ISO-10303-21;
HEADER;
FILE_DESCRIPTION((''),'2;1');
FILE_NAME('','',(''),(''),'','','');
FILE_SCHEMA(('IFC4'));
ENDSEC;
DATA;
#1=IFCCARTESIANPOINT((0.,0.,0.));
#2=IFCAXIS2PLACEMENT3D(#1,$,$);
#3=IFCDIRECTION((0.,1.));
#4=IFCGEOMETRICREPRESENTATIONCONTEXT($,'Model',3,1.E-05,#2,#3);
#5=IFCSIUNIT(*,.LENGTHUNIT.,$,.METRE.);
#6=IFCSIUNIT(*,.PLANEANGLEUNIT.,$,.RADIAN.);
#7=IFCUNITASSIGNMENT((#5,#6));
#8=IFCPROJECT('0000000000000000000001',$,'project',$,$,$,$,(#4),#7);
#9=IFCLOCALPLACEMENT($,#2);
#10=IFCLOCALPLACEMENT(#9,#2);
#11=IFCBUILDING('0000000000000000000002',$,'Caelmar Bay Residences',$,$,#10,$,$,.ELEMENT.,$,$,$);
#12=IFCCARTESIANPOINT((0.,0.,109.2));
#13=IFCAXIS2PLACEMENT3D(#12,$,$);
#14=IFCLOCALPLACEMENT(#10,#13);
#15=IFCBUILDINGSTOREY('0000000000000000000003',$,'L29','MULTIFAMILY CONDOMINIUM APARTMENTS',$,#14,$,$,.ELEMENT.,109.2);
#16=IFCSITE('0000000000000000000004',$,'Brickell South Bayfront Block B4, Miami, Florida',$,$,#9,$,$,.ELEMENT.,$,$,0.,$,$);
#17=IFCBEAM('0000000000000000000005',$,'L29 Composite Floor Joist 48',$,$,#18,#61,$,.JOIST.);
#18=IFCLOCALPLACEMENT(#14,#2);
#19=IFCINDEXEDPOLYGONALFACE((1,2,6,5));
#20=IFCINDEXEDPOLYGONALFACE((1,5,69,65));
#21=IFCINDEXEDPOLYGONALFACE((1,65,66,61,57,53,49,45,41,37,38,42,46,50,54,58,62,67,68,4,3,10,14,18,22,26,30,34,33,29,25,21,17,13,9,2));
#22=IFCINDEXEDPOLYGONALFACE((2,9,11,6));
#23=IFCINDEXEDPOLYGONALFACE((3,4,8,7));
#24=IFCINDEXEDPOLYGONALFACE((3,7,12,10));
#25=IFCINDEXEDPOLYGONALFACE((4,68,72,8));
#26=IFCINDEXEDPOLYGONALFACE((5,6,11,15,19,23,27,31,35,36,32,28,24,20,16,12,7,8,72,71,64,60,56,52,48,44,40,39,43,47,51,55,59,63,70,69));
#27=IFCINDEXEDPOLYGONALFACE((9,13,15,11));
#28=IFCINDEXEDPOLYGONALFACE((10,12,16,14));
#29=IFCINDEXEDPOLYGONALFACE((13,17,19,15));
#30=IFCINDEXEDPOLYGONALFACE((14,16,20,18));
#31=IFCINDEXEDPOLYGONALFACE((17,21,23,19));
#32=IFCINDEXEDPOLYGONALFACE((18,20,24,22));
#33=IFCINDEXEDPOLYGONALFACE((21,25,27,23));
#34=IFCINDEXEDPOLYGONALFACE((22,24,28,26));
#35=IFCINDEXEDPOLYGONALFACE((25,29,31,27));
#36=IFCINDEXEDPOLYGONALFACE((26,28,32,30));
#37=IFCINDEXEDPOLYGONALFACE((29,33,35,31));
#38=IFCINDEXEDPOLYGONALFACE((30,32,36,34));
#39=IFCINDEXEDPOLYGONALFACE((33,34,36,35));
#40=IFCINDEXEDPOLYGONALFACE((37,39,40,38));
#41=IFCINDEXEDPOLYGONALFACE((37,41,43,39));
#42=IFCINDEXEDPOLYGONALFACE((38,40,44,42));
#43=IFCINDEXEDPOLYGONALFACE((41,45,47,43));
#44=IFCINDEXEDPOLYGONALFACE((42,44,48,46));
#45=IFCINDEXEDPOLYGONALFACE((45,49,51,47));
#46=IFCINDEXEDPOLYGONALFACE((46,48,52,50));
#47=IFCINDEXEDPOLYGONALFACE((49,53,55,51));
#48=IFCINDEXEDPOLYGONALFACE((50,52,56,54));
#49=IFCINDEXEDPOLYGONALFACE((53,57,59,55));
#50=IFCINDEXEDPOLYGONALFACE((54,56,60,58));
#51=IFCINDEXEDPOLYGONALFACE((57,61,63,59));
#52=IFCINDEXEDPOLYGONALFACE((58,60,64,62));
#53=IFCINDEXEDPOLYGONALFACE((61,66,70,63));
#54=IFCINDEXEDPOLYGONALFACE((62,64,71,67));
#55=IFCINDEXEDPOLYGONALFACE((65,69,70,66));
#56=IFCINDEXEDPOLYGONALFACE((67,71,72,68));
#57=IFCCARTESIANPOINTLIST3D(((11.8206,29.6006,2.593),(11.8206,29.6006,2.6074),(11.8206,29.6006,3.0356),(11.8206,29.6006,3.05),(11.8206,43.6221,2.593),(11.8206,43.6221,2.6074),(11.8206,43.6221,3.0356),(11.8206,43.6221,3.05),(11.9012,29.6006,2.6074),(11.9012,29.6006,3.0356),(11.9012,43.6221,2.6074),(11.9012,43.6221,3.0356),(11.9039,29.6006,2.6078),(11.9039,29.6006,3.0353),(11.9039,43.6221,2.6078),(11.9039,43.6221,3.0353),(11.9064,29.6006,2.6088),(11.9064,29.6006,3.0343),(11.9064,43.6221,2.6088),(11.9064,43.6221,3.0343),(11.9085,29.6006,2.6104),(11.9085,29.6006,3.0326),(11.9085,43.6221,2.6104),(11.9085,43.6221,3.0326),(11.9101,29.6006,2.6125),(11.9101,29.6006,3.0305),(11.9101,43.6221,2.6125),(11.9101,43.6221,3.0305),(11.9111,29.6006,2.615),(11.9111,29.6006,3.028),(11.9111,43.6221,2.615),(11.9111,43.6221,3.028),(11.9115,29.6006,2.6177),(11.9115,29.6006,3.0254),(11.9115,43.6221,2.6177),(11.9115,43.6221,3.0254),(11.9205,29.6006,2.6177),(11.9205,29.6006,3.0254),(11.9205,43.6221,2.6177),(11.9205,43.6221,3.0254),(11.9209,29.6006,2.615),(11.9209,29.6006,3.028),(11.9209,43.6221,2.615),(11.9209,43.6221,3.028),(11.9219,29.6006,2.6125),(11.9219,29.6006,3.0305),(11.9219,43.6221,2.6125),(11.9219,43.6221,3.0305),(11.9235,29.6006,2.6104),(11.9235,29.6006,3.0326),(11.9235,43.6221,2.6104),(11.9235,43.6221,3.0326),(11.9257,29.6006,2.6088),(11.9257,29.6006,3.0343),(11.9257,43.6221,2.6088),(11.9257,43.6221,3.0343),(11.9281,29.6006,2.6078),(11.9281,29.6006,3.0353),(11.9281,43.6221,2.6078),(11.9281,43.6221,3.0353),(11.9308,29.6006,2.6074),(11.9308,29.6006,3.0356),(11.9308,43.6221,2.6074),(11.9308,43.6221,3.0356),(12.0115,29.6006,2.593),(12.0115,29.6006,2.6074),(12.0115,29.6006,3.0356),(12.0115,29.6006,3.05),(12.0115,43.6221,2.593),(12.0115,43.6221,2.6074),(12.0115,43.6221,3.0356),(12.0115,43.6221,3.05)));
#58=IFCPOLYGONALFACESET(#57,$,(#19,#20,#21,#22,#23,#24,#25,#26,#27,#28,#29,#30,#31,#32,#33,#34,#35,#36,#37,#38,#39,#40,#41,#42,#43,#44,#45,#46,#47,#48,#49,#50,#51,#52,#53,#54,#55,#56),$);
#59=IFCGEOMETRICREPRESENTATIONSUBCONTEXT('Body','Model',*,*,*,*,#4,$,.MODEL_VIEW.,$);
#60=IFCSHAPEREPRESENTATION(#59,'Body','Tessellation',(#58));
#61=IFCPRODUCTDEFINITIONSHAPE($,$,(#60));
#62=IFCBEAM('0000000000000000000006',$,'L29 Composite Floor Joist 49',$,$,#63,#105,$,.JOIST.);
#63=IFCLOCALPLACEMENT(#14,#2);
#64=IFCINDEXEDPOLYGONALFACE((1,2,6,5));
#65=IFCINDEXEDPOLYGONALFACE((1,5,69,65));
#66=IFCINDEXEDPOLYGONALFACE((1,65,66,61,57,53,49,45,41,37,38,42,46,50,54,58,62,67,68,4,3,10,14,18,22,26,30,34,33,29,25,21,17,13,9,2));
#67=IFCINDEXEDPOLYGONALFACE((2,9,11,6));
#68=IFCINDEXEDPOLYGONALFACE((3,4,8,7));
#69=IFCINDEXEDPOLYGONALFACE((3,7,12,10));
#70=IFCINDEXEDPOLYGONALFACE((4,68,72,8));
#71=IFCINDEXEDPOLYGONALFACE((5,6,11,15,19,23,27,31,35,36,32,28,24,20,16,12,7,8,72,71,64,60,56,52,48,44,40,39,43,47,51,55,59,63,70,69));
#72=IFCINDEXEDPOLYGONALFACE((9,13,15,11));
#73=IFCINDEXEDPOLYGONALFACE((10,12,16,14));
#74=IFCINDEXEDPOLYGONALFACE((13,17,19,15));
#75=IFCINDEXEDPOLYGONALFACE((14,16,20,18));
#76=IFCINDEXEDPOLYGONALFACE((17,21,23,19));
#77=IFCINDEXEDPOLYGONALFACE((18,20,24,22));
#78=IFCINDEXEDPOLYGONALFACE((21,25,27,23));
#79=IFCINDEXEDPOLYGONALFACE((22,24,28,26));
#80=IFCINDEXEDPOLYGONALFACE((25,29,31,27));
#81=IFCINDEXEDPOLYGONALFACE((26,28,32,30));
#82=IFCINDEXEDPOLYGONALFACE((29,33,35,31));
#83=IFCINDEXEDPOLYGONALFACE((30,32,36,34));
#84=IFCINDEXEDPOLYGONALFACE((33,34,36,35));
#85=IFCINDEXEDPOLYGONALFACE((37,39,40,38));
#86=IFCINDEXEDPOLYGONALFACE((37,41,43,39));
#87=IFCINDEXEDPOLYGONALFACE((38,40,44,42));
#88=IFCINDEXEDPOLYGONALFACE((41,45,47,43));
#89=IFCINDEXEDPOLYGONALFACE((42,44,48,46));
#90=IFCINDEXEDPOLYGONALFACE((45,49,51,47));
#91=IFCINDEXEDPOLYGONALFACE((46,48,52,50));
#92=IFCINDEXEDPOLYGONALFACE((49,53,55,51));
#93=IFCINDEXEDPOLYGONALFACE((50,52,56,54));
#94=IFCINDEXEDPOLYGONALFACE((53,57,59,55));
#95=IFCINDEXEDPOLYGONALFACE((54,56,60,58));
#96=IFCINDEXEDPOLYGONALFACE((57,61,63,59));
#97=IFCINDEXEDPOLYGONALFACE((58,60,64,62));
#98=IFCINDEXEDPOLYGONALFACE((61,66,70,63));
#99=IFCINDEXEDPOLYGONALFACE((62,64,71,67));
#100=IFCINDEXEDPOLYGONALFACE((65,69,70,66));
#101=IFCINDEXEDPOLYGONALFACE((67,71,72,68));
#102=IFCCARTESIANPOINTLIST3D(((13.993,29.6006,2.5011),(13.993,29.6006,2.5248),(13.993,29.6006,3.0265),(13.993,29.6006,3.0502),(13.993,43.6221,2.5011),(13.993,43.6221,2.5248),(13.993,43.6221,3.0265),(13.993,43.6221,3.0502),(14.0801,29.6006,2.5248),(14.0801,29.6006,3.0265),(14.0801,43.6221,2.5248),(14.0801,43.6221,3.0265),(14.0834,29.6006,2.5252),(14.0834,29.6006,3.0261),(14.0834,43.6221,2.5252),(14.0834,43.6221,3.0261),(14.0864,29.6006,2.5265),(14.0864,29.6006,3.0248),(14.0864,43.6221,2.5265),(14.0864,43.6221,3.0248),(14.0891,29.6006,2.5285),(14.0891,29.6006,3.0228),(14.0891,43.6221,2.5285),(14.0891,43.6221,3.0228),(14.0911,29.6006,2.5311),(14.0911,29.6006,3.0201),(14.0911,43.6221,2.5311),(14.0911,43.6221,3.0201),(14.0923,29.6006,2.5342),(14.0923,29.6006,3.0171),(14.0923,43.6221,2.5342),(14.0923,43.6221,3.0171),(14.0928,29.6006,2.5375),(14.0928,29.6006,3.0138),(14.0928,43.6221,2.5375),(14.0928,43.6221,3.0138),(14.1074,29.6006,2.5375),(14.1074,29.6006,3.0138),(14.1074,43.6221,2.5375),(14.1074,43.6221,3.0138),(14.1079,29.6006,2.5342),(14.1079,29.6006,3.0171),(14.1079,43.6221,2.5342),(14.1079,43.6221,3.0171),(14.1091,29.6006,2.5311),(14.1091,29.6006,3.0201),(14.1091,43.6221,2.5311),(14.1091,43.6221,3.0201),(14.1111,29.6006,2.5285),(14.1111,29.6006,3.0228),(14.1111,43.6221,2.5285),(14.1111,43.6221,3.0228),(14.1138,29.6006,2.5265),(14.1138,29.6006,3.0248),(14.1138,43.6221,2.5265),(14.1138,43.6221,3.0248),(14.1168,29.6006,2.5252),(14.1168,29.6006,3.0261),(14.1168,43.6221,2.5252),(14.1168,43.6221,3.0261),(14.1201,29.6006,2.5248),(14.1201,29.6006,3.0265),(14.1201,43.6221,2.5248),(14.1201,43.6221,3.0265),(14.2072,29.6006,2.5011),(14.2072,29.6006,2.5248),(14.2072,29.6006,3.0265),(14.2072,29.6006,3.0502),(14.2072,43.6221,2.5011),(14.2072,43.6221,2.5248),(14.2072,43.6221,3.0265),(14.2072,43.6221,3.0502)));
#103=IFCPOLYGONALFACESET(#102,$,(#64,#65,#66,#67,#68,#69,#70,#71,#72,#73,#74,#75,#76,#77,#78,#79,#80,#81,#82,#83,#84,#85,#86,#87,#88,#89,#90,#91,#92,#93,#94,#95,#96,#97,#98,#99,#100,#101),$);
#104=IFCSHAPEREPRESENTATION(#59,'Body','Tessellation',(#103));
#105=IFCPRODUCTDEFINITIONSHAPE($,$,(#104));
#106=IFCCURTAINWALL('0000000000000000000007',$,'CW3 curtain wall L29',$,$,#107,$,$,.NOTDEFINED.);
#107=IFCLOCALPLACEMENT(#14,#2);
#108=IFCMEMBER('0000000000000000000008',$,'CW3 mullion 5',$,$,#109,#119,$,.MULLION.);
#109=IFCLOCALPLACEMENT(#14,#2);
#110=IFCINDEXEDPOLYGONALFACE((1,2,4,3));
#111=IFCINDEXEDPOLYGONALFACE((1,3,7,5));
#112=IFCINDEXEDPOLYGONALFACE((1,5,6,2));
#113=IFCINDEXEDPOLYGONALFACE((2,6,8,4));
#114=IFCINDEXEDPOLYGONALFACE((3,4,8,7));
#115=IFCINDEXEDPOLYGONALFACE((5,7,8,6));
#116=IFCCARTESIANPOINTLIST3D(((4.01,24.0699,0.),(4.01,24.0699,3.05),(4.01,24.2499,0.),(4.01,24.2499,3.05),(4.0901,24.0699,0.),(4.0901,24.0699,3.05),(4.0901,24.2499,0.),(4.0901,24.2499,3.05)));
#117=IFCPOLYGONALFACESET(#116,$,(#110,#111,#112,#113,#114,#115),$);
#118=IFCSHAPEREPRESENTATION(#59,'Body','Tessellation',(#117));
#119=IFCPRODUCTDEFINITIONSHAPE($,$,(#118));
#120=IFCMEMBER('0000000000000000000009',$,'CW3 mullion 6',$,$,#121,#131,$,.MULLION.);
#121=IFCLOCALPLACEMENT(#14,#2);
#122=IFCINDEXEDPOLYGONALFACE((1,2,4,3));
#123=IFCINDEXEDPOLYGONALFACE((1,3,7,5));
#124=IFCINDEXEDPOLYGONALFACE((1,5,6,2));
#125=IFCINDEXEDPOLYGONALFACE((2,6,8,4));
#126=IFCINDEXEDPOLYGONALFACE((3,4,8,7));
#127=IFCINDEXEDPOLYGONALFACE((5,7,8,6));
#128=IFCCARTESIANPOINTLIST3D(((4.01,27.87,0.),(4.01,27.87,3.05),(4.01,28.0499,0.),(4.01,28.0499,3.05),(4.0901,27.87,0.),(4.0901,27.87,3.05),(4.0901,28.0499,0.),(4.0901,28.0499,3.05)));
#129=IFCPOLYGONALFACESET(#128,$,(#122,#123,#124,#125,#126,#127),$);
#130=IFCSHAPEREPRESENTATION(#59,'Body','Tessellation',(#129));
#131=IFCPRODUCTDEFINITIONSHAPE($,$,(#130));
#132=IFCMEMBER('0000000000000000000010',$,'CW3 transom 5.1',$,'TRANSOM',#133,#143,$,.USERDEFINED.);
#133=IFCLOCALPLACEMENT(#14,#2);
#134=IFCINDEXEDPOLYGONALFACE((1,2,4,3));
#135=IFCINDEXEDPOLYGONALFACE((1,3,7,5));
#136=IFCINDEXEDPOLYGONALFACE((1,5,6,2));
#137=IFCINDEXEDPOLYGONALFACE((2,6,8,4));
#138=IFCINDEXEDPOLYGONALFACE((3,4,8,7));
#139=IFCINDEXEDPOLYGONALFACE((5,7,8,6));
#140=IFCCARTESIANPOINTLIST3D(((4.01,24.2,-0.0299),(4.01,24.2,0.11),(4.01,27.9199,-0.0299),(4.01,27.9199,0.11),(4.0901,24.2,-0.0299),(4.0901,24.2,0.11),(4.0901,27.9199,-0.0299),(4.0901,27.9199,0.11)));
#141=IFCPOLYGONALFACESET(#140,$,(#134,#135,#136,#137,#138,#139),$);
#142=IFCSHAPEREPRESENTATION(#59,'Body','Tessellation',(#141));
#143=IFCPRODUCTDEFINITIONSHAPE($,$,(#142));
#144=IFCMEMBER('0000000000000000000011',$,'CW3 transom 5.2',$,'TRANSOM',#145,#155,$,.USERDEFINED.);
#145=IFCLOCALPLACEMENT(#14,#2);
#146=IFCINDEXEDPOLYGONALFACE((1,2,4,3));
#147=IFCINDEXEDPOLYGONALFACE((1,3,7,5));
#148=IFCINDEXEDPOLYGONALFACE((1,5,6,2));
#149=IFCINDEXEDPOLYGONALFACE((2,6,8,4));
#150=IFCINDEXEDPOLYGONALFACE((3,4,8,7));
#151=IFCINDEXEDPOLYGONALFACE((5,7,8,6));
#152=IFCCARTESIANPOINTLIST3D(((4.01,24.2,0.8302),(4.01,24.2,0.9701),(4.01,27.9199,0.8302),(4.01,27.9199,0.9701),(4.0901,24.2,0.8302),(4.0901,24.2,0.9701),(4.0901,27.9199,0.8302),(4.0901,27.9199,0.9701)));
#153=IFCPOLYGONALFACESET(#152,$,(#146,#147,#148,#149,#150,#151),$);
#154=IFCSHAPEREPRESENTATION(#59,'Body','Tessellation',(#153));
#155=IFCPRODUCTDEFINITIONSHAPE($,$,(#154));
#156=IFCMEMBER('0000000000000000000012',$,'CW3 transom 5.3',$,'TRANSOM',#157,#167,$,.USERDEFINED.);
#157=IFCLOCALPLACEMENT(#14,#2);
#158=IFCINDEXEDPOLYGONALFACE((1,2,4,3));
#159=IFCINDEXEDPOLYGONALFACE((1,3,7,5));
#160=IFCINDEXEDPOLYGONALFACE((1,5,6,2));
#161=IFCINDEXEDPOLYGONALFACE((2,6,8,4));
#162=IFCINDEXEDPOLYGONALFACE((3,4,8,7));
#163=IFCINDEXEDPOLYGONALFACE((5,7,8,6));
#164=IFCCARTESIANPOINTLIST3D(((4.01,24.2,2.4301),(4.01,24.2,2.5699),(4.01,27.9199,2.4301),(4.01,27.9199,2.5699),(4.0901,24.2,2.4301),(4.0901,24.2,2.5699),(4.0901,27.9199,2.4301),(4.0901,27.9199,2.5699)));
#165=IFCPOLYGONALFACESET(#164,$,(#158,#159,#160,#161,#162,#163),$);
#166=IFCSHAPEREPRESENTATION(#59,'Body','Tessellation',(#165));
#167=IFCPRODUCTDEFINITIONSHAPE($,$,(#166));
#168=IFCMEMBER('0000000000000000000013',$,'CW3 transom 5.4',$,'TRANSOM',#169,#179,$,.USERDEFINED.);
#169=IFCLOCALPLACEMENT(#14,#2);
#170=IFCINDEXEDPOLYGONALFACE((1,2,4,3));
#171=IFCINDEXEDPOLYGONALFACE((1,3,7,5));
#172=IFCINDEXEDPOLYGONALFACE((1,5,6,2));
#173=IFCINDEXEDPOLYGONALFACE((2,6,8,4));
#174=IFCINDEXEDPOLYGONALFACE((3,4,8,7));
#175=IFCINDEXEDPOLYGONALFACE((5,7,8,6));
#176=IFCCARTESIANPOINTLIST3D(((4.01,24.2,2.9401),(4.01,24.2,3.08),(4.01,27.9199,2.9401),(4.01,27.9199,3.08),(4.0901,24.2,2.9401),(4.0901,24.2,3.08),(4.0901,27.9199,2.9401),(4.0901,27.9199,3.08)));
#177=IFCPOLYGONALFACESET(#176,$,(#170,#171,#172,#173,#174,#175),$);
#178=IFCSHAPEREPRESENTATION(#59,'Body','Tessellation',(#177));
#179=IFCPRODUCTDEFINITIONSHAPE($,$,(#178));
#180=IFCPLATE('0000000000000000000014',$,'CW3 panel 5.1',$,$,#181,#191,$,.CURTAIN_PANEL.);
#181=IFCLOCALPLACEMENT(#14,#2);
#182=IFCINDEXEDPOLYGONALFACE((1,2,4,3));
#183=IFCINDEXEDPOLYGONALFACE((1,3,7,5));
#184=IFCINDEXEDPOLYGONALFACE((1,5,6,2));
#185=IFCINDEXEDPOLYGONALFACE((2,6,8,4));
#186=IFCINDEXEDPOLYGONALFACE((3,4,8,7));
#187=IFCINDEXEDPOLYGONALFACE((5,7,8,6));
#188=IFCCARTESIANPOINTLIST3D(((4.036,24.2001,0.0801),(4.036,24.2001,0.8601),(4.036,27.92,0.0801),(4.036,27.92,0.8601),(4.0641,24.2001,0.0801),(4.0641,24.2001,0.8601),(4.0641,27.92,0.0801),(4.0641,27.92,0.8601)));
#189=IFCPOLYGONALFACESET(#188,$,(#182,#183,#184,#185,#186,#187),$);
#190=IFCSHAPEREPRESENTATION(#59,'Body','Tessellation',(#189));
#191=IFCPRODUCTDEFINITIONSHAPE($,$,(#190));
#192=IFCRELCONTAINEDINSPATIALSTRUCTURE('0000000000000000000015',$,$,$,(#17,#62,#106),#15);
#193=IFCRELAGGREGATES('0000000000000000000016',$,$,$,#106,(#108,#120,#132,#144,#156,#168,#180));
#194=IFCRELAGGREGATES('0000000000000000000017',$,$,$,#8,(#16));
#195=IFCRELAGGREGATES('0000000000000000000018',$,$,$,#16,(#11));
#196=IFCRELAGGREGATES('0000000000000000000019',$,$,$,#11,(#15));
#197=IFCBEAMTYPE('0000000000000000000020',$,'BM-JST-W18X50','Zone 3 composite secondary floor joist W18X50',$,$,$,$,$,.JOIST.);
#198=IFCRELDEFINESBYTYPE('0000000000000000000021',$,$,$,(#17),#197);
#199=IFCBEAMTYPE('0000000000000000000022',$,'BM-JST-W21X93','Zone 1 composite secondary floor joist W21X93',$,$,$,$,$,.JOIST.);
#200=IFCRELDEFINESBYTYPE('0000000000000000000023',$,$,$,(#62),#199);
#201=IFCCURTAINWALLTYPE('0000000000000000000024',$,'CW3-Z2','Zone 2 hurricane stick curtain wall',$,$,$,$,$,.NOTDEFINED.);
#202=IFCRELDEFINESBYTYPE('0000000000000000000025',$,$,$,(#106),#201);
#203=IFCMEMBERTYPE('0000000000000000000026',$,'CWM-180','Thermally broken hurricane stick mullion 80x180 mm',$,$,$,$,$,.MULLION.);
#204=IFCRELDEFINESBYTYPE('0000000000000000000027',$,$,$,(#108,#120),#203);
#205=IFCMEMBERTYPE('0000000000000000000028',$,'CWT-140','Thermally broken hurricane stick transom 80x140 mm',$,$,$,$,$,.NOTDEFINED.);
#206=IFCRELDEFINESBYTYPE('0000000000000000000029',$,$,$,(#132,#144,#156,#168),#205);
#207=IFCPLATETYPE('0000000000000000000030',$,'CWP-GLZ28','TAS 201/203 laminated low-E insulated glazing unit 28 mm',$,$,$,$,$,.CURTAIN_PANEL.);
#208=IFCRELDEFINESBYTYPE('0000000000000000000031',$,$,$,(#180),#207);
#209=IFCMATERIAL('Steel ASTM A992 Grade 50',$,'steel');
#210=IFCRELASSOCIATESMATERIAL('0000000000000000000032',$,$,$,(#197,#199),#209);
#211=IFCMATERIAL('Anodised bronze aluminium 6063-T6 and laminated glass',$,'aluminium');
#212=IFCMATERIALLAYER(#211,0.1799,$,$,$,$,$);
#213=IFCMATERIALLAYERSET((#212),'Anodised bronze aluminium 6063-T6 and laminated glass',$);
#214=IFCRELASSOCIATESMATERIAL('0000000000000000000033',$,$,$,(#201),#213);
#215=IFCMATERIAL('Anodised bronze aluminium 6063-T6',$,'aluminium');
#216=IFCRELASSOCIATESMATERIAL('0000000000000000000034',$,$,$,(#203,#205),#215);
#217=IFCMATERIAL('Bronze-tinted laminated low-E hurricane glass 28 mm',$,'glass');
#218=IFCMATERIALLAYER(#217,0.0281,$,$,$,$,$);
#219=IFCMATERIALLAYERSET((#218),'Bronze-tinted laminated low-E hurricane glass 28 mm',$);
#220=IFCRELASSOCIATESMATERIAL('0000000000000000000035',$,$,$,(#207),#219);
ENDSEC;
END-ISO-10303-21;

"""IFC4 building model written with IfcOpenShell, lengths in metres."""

from ifc_helpers import new_model, si_unit, direction, frame, origin, origin_2d, place, context, subcontext, project, spatial, rectangle, i_section, extrude, material, layer, layer_set, material_profile, profile_set, type_object, element, aggregate, save


model = new_model("IFC4")

# Units and contexts
model_context = context("Model", 3, precision=1e-05, world=origin(), true_north=direction((0.0, 1.0)))
body_context = subcontext(model_context, "Body", "Model", "MODEL_VIEW")
ifc_project = project(units=[si_unit("LENGTHUNIT", "METRE"), si_unit("PLANEANGLEUNIT", "RADIAN")], contexts=[model_context])

# Site, building, storey
site_placement = place(None, origin())
site = spatial("IfcSite", under=ifc_project, at=site_placement, Name="Brickell South Bayfront Block B4, Miami, Florida", CompositionType="ELEMENT", RefElevation=0.0)
building_placement = place(site_placement, origin())
building = spatial("IfcBuilding", under=site, at=building_placement, Name="Caelmar Bay Residences", CompositionType="ELEMENT")
storey_placement = place(building_placement, frame((0.0, 0.0, 109.2)))
storey = spatial("IfcBuildingStorey", under=building, at=storey_placement, Name="L29", Description="MULTIFAMILY CONDOMINIUM APARTMENTS", CompositionType="ELEMENT", Elevation=109.2)

# Beams
ifc_material_1 = material(Name="Steel ASTM A992 Grade 50", Category="steel")
ifc_material_profile_1 = material_profile(ifc_material_1, i_section(OverallWidth=0.1909, OverallDepth=0.457, WebThickness=0.009, FlangeThickness=0.0144, FilletRadius=0.0103, at=origin_2d()), Name="W18X50")
ifc_profile_set_1 = profile_set([ifc_material_profile_1], Name="Steel ASTM A992 Grade 50")
beam_type_1 = type_object("IfcBeamType", Name="BM-JST-W18X50", Description="Zone 3 composite secondary floor joist W18X50", PredefinedType="JOIST", material=ifc_profile_set_1)
beam_1_placement = place(storey_placement, frame((11.916, 29.6006, 2.8215), z_axis=(0.0, 1.0, 0.0), x_axis=(-1.0, 0.0, 0.0)))
element("IfcBeam", 1, at=beam_1_placement, inside=storey, type_object=beam_type_1, Name="L29 Composite Floor Joist 48", PredefinedType="JOIST", context=body_context, shape_type="SweptSolid", body=[
    extrude(i_section(OverallWidth=0.1909, OverallDepth=0.457, WebThickness=0.009, FlangeThickness=0.0144, FilletRadius=0.0103, at=origin_2d()), origin(), (0.0, 0.0, 1.0), 14.0215),
])
ifc_material_profile_2 = material_profile(ifc_material_1, i_section(OverallWidth=0.2141, OverallDepth=0.5491, WebThickness=0.0146, FlangeThickness=0.0237, FilletRadius=0.0127, at=origin_2d()), Name="W21X93")
ifc_profile_set_2 = profile_set([ifc_material_profile_2], Name="Steel ASTM A992 Grade 50")
beam_type_2 = type_object("IfcBeamType", Name="BM-JST-W21X93", Description="Zone 1 composite secondary floor joist W21X93", PredefinedType="JOIST", material=ifc_profile_set_2)
beam_2_placement = place(storey_placement, frame((14.1001, 29.6006, 2.7756), z_axis=(0.0, 1.0, 0.0), x_axis=(-1.0, 0.0, 0.0)))
element("IfcBeam", 2, at=beam_2_placement, inside=storey, type_object=beam_type_2, Name="L29 Composite Floor Joist 49", PredefinedType="JOIST", context=body_context, shape_type="SweptSolid", body=[
    extrude(i_section(OverallWidth=0.2141, OverallDepth=0.5491, WebThickness=0.0146, FlangeThickness=0.0237, FilletRadius=0.0127, at=origin_2d()), origin(), (0.0, 0.0, 1.0), 14.0215),
])

# Curtain wall, members, plate
ifc_material_2 = material(Name="Anodised bronze aluminium 6063-T6 and laminated glass", Category="aluminium")
ifc_layer_1 = layer(ifc_material_2, 0.1799)
ifc_layer_set_1 = layer_set([ifc_layer_1], Name="Anodised bronze aluminium 6063-T6 and laminated glass")
curtain_wall_type = type_object("IfcCurtainWallType", Name="CW3-Z2", Description="Zone 2 hurricane stick curtain wall", PredefinedType="NOTDEFINED", material=ifc_layer_set_1)
curtain_wall_placement = place(storey_placement, origin())
curtain_wall = element("IfcCurtainWall", 3, at=curtain_wall_placement, inside=storey, type_object=curtain_wall_type, Name="CW3 curtain wall L29", PredefinedType="NOTDEFINED")
ifc_material_3 = material(Name="Anodised bronze aluminium 6063-T6", Category="aluminium")
ifc_material_profile_3 = material_profile(ifc_material_3, rectangle(XDim=0.0801, YDim=0.1799, at=origin_2d()), Name="CWM-80X180")
ifc_profile_set_3 = profile_set([ifc_material_profile_3], Name="Anodised bronze aluminium 6063-T6")
member_type_1 = type_object("IfcMemberType", Name="CWM-180", Description="Thermally broken hurricane stick mullion 80x180 mm", PredefinedType="MULLION", material=ifc_profile_set_3)
member_1_placement = place(storey_placement, frame((4.05, 24.1599, 0.0), z_axis=(0.0, 0.0, 1.0), x_axis=(-1.0, 0.0, 0.0)))
member_1 = element("IfcMember", 4, at=member_1_placement, type_object=member_type_1, Name="CW3 mullion 5", PredefinedType="MULLION", context=body_context, shape_type="SweptSolid", body=[
    extrude(rectangle(XDim=0.0801, YDim=0.1799, at=origin_2d()), origin(), (0.0, 0.0, 1.0), 3.05),
])
member_2_placement = place(storey_placement, frame((4.05, 27.96, 0.0), z_axis=(0.0, 0.0, 1.0), x_axis=(-1.0, 0.0, 0.0)))
member_2 = element("IfcMember", 5, at=member_2_placement, type_object=member_type_1, Name="CW3 mullion 6", PredefinedType="MULLION", context=body_context, shape_type="SweptSolid", body=[
    extrude(rectangle(XDim=0.0801, YDim=0.1799, at=origin_2d()), origin(), (0.0, 0.0, 1.0), 3.05),
])
ifc_material_profile_4 = material_profile(ifc_material_3, rectangle(XDim=0.0801, YDim=0.1399, at=origin_2d()), Name="CWT-80X140")
ifc_profile_set_4 = profile_set([ifc_material_profile_4], Name="Anodised bronze aluminium 6063-T6")
member_type_2 = type_object("IfcMemberType", Name="CWT-140", Description="Thermally broken hurricane stick transom 80x140 mm", PredefinedType="NOTDEFINED", material=ifc_profile_set_4)
member_3_placement = place(storey_placement, frame((4.05, 24.2, 0.04), z_axis=(0.0, 1.0, 0.0), x_axis=(-1.0, 0.0, 0.0)))
member_3 = element("IfcMember", 6, at=member_3_placement, type_object=member_type_2, Name="CW3 transom 5.1", ObjectType="TRANSOM", PredefinedType="USERDEFINED", context=body_context, shape_type="SweptSolid", body=[
    extrude(rectangle(XDim=0.0801, YDim=0.1399, at=origin_2d()), origin(), (0.0, 0.0, 1.0), 3.72),
])
member_4_placement = place(storey_placement, frame((4.05, 24.2, 0.9001), z_axis=(0.0, 1.0, 0.0), x_axis=(-1.0, 0.0, 0.0)))
member_4 = element("IfcMember", 7, at=member_4_placement, type_object=member_type_2, Name="CW3 transom 5.2", ObjectType="TRANSOM", PredefinedType="USERDEFINED", context=body_context, shape_type="SweptSolid", body=[
    extrude(rectangle(XDim=0.0801, YDim=0.1399, at=origin_2d()), origin(), (0.0, 0.0, 1.0), 3.72),
])
member_5_placement = place(storey_placement, frame((4.05, 24.2, 2.5), z_axis=(0.0, 1.0, 0.0), x_axis=(-1.0, 0.0, 0.0)))
member_5 = element("IfcMember", 8, at=member_5_placement, type_object=member_type_2, Name="CW3 transom 5.3", ObjectType="TRANSOM", PredefinedType="USERDEFINED", context=body_context, shape_type="SweptSolid", body=[
    extrude(rectangle(XDim=0.0801, YDim=0.1399, at=origin_2d()), origin(), (0.0, 0.0, 1.0), 3.72),
])
member_6_placement = place(storey_placement, frame((4.05, 24.2, 3.01), z_axis=(0.0, 1.0, 0.0), x_axis=(-1.0, 0.0, 0.0)))
member_6 = element("IfcMember", 9, at=member_6_placement, type_object=member_type_2, Name="CW3 transom 5.4", ObjectType="TRANSOM", PredefinedType="USERDEFINED", context=body_context, shape_type="SweptSolid", body=[
    extrude(rectangle(XDim=0.0801, YDim=0.1399, at=origin_2d()), origin(), (0.0, 0.0, 1.0), 3.72),
])
ifc_material_4 = material(Name="Bronze-tinted laminated low-E hurricane glass 28 mm", Category="glass")
ifc_layer_2 = layer(ifc_material_4, 0.0281)
ifc_layer_set_2 = layer_set([ifc_layer_2], Name="Bronze-tinted laminated low-E hurricane glass 28 mm")
plate_type = type_object("IfcPlateType", Name="CWP-GLZ28", Description="TAS 201/203 laminated low-E insulated glazing unit 28 mm", PredefinedType="CURTAIN_PANEL", material=ifc_layer_set_2)
plate_1_placement = place(storey_placement, frame((4.05, 26.0601, 0.0801), z_axis=(0.0, 0.0, 1.0), x_axis=(0.0, 1.0, 0.0)))
plate_1 = element("IfcPlate", 10, at=plate_1_placement, type_object=plate_type, Name="CW3 panel 5.1", PredefinedType="CURTAIN_PANEL", context=body_context, shape_type="SweptSolid", body=[
    extrude(rectangle(XDim=3.72, YDim=0.0281, at=origin_2d()), origin(), (0.0, 0.0, 1.0), 0.78),
])
aggregate(curtain_wall, [member_1, member_2, member_3, member_4, member_5, member_6, plate_1])

save(model, "model.ifc")
